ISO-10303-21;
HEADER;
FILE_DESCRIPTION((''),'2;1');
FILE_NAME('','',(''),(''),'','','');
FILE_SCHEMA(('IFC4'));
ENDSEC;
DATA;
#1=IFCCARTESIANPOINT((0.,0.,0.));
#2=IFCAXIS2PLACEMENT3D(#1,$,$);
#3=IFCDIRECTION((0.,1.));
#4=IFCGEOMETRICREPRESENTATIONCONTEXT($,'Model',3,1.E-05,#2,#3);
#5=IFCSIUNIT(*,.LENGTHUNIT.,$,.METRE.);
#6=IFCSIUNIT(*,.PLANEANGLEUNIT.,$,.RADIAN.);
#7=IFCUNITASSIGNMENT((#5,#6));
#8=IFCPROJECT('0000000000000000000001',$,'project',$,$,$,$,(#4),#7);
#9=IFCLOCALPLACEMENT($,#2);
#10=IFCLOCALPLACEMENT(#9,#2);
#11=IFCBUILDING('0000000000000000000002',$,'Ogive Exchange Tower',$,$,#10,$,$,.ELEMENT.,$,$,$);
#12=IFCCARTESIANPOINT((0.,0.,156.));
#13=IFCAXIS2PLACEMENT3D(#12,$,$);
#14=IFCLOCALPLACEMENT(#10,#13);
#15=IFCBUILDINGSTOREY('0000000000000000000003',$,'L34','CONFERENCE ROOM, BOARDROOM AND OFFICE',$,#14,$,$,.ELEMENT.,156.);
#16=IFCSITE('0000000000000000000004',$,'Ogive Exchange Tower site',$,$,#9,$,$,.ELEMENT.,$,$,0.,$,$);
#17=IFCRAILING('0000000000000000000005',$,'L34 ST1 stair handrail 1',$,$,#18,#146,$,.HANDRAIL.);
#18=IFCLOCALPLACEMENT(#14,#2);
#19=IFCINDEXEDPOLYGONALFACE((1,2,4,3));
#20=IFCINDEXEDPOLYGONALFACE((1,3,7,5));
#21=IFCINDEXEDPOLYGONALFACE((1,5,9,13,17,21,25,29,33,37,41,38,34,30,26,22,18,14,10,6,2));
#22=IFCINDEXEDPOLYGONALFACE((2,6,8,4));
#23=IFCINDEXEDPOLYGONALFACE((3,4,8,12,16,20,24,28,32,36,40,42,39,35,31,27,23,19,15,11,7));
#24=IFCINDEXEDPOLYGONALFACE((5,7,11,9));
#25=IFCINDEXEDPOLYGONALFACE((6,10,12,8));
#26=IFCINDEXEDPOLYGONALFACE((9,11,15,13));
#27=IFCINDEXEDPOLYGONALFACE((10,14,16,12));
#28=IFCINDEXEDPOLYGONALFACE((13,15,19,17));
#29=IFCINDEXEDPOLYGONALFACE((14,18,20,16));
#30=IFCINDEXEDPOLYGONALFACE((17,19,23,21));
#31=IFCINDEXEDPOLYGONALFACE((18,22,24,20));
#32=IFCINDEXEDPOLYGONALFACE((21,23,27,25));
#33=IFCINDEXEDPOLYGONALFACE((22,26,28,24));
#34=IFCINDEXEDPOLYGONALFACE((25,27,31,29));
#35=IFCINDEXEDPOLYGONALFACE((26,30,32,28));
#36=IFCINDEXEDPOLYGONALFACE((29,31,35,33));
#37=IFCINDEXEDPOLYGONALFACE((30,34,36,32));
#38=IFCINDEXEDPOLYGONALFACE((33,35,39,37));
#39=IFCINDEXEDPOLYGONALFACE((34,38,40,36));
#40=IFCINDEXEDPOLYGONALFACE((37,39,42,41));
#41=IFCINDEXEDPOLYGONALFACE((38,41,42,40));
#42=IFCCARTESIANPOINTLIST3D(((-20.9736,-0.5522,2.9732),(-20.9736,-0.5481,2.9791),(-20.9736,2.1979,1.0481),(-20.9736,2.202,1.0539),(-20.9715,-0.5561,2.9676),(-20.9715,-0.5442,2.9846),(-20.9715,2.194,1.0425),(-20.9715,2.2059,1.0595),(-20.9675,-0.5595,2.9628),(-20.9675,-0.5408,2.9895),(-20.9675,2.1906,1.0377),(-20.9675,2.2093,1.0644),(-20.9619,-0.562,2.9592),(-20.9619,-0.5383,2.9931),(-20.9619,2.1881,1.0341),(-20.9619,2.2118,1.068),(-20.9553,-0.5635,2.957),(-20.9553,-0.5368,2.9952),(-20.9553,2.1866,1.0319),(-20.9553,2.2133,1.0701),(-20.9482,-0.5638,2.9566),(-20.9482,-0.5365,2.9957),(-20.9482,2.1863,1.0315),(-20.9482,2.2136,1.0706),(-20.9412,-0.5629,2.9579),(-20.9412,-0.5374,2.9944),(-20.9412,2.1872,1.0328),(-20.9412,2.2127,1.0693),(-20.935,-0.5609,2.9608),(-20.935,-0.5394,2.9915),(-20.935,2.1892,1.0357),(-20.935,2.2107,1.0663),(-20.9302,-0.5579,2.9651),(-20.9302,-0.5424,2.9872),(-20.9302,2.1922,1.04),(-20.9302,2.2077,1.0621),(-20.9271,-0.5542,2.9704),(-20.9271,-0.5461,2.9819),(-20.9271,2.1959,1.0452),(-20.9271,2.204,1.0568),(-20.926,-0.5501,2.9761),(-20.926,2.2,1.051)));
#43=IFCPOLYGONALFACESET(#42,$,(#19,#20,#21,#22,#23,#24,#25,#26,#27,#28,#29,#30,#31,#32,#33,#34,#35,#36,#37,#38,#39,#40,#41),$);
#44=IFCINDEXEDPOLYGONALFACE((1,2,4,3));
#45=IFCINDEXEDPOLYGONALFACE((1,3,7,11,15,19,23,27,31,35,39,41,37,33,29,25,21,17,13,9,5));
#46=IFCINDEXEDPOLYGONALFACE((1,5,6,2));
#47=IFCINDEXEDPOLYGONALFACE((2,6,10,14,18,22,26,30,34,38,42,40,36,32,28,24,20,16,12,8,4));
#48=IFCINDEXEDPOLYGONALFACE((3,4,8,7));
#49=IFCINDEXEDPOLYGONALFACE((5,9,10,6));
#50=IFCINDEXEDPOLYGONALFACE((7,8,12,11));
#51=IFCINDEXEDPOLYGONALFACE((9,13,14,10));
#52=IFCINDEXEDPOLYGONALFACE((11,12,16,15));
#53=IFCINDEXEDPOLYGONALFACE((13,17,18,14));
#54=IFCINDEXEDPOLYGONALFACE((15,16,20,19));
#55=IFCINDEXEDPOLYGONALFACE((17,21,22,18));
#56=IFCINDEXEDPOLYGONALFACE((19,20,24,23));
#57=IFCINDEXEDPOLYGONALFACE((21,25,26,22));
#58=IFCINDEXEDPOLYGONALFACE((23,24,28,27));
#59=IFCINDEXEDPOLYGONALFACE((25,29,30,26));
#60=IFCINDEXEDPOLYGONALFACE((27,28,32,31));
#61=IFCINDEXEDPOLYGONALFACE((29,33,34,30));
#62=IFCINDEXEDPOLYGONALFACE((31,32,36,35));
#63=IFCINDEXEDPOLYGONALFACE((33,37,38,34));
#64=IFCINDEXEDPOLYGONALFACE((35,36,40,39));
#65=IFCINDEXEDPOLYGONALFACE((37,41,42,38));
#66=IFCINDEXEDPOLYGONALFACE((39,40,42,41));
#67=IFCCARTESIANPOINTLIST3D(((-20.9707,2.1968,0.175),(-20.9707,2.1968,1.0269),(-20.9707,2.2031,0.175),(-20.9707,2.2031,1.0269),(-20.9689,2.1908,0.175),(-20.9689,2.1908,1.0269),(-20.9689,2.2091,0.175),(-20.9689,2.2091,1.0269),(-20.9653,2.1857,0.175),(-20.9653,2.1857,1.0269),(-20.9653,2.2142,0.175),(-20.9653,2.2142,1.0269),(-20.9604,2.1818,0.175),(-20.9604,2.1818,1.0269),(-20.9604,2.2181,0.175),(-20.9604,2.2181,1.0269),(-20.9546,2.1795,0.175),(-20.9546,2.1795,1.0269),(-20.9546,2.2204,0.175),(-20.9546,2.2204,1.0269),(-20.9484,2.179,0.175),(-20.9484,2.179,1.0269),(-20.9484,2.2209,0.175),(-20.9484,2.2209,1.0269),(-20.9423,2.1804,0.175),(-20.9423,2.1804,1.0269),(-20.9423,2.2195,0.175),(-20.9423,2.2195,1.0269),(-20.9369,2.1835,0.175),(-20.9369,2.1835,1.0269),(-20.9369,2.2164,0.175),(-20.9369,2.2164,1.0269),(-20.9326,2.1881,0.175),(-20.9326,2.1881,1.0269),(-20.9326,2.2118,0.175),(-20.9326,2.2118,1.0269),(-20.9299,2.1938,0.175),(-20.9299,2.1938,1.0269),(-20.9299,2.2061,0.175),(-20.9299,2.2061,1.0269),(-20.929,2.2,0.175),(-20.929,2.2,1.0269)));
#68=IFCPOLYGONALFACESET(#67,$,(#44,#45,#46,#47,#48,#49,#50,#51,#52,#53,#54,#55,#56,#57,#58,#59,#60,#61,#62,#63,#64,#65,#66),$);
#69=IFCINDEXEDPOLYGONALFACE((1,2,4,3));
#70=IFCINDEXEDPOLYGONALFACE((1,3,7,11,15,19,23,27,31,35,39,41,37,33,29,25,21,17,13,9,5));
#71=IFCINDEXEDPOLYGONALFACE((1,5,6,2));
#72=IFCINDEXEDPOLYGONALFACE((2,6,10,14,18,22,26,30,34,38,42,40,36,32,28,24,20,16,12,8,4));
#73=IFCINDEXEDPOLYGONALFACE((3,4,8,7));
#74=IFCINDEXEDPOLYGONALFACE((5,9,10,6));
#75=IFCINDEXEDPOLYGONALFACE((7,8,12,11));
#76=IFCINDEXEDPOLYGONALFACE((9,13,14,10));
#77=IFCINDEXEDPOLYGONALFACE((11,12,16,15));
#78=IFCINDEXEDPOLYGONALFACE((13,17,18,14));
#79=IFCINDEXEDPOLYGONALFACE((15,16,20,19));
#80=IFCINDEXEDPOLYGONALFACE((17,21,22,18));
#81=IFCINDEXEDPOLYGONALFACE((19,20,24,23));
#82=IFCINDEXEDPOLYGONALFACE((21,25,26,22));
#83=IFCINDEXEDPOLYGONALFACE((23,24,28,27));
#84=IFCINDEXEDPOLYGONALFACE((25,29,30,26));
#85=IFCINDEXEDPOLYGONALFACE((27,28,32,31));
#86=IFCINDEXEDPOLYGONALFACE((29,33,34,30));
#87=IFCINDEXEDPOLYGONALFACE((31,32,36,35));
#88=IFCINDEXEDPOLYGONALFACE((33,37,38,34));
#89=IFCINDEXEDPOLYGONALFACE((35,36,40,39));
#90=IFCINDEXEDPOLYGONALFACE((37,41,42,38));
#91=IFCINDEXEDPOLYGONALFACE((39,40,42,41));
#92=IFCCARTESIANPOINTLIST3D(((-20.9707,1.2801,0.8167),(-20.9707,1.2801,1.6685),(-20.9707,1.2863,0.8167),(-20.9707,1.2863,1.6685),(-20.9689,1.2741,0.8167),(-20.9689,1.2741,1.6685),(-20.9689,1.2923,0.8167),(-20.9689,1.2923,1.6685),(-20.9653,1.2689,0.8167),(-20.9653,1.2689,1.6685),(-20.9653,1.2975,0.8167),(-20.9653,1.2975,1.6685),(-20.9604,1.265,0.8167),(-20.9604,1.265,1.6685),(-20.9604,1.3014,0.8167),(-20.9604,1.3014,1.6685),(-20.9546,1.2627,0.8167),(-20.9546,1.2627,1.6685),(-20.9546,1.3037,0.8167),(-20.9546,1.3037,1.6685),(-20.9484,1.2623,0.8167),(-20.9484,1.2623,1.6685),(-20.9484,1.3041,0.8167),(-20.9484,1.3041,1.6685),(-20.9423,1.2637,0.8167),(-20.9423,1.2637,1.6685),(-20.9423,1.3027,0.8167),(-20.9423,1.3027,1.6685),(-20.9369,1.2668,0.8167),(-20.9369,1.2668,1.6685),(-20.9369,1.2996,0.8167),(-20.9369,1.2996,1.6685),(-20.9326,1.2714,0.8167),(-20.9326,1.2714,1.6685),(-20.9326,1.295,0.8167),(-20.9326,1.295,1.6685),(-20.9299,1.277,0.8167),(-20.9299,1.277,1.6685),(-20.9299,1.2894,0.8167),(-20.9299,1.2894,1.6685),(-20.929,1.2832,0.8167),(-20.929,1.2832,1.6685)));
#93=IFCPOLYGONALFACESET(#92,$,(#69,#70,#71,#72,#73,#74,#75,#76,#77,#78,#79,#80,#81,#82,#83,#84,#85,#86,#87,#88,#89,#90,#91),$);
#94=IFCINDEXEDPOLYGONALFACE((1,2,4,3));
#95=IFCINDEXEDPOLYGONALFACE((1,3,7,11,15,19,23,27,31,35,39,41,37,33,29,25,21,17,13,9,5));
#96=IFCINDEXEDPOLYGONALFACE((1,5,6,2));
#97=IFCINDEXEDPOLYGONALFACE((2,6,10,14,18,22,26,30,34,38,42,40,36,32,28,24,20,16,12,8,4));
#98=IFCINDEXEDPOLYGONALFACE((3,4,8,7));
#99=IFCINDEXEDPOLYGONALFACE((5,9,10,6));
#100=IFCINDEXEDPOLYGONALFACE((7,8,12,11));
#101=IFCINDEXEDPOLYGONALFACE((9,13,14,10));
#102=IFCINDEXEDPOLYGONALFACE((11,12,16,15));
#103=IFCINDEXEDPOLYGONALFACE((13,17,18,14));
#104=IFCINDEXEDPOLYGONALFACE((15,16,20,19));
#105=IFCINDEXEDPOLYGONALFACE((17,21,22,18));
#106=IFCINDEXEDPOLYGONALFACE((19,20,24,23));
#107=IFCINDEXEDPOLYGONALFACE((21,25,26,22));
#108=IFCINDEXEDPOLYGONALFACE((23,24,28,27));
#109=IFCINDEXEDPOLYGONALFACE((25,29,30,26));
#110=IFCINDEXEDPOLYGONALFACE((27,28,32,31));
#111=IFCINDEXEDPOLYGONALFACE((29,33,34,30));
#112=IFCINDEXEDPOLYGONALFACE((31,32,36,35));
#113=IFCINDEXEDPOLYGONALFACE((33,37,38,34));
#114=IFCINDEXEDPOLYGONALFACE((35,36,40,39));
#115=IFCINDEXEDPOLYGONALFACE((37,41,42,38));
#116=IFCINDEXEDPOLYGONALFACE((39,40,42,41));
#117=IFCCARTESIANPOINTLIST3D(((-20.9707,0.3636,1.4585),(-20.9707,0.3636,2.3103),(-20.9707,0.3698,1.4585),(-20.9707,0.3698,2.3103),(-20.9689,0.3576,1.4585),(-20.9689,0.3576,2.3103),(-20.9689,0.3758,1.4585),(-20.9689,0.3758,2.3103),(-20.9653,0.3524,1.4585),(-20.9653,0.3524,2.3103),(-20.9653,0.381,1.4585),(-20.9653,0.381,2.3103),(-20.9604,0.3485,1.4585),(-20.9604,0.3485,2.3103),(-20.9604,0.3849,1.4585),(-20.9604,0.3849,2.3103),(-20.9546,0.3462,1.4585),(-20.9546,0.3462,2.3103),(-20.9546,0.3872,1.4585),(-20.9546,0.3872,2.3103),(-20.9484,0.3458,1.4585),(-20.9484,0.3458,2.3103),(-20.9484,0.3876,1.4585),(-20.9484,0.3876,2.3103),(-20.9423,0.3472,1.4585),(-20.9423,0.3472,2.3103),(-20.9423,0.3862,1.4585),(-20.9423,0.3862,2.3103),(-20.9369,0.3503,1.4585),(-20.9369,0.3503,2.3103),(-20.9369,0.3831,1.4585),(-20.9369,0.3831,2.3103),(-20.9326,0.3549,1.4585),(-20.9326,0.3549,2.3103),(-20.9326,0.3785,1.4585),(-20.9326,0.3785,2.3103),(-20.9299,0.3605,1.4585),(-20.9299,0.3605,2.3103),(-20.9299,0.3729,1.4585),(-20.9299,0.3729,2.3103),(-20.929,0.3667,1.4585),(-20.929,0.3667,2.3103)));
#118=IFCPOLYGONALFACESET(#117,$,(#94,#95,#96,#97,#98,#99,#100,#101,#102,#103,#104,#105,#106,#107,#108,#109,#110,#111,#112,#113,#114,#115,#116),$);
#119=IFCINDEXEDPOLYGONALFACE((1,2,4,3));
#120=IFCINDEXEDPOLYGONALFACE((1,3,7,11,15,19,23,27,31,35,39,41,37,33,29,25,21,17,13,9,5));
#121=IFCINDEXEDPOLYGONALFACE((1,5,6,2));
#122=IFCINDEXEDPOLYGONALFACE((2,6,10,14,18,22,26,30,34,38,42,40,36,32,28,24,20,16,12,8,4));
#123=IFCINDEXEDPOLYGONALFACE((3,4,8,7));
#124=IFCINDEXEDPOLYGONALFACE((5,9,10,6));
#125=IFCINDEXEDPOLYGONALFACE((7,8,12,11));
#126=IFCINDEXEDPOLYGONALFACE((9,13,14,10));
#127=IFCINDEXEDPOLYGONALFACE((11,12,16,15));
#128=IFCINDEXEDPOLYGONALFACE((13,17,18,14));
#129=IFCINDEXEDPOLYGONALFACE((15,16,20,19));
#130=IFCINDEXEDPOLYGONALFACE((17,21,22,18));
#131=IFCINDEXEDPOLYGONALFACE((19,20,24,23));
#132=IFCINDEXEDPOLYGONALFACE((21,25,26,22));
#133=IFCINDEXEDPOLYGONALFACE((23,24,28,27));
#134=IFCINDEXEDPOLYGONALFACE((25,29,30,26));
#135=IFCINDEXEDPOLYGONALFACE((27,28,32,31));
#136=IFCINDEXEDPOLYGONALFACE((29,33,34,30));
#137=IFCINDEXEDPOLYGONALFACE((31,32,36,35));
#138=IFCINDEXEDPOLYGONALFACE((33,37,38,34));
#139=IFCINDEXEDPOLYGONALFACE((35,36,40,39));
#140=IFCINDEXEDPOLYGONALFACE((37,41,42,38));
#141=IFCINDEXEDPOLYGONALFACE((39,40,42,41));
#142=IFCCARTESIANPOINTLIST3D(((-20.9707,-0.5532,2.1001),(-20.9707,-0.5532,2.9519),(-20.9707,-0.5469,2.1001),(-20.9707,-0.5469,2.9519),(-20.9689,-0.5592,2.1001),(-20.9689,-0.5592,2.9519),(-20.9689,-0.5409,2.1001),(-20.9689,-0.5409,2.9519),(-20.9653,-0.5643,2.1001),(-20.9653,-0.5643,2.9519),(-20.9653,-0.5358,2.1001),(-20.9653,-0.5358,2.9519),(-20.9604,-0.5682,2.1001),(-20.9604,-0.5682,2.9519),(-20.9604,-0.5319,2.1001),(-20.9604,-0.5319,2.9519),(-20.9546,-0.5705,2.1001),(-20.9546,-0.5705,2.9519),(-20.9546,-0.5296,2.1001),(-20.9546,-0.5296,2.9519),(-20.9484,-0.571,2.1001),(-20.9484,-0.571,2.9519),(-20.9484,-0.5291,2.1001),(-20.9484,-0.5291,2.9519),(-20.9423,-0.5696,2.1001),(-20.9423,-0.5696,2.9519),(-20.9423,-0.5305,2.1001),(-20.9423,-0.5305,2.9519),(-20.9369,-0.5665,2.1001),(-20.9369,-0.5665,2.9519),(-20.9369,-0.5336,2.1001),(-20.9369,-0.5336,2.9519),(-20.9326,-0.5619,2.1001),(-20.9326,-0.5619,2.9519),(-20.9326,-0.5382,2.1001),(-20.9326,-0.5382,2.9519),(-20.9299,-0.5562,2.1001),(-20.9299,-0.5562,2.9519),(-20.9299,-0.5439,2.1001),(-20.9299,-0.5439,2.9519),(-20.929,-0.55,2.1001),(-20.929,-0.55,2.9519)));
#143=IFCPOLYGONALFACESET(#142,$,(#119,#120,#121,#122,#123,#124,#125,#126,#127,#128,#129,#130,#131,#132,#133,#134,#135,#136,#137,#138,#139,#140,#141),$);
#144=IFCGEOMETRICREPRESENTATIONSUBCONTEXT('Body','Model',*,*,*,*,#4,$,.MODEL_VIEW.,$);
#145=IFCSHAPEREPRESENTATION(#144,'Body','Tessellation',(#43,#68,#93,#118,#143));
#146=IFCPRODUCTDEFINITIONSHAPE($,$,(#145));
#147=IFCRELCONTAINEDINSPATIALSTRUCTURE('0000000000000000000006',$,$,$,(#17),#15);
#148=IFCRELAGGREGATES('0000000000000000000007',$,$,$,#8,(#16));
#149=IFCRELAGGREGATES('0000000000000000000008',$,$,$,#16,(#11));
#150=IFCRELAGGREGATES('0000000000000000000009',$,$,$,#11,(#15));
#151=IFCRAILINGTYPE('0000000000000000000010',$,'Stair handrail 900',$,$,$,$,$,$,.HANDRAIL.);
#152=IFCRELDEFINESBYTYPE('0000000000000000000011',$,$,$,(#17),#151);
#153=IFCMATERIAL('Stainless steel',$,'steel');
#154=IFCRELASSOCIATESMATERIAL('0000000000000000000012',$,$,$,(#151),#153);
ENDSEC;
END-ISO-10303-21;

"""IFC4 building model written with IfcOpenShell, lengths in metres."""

from ifc_helpers import new_model, si_unit, direction, frame, origin, origin_2d, place, context, subcontext, project, spatial, circle, extrude, material, type_object, element, save


model = new_model("IFC4")

# Units and contexts
model_context = context("Model", 3, precision=1e-05, world=origin(), true_north=direction((0.0, 1.0)))
body_context = subcontext(model_context, "Body", "Model", "MODEL_VIEW")
ifc_project = project(units=[si_unit("LENGTHUNIT", "METRE"), si_unit("PLANEANGLEUNIT", "RADIAN")], contexts=[model_context])

# Site, building, storey
site_placement = place(None, origin())
site = spatial("IfcSite", under=ifc_project, at=site_placement, Name="Ogive Exchange Tower site", CompositionType="ELEMENT", RefElevation=0.0)
building_placement = place(site_placement, origin())
building = spatial("IfcBuilding", under=site, at=building_placement, Name="Ogive Exchange Tower", CompositionType="ELEMENT")
storey_placement = place(building_placement, frame((0.0, 0.0, 156.0)))
storey = spatial("IfcBuildingStorey", under=building, at=storey_placement, Name="L34", Description="CONFERENCE ROOM, BOARDROOM AND OFFICE", CompositionType="ELEMENT", Elevation=156.0)

# Railing
ifc_material_1 = material(Name="Stainless steel", Category="steel")
railing_type = type_object("IfcRailingType", Name="Stair handrail 900", PredefinedType="HANDRAIL", material=ifc_material_1)
railing_placement = place(storey_placement, frame((-20.95, 2.2, 0.175)))
element("IfcRailing", 1, at=railing_placement, inside=storey, type_object=railing_type, Name="L34 ST1 stair handrail 1", PredefinedType="HANDRAIL", context=body_context, shape_type="SweptSolid", body=[
    extrude(circle(Radius=0.0239, at=origin_2d()), frame((0.0, 0.0, 0.876), z_axis=(0.0, -0.819225, 0.573472), x_axis=(1.0, 0.0, 0.0)), (0.0, 0.0, 1.0), 3.3569),
    extrude(circle(Radius=0.021, at=origin_2d()), origin(), (0.0, 0.0, 1.0), 0.8518),
    extrude(circle(Radius=0.021, at=origin_2d()), frame((0.0, -0.9167, 0.6416)), (0.0, 0.0, 1.0), 0.8518),
    extrude(circle(Radius=0.021, at=origin_2d()), frame((0.0, -1.8333, 1.2834)), (0.0, 0.0, 1.0), 0.8518),
    extrude(circle(Radius=0.021, at=origin_2d()), frame((0.0, -2.75, 1.925)), (0.0, 0.0, 1.0), 0.8518),
])

save(model, "model.ifc")
